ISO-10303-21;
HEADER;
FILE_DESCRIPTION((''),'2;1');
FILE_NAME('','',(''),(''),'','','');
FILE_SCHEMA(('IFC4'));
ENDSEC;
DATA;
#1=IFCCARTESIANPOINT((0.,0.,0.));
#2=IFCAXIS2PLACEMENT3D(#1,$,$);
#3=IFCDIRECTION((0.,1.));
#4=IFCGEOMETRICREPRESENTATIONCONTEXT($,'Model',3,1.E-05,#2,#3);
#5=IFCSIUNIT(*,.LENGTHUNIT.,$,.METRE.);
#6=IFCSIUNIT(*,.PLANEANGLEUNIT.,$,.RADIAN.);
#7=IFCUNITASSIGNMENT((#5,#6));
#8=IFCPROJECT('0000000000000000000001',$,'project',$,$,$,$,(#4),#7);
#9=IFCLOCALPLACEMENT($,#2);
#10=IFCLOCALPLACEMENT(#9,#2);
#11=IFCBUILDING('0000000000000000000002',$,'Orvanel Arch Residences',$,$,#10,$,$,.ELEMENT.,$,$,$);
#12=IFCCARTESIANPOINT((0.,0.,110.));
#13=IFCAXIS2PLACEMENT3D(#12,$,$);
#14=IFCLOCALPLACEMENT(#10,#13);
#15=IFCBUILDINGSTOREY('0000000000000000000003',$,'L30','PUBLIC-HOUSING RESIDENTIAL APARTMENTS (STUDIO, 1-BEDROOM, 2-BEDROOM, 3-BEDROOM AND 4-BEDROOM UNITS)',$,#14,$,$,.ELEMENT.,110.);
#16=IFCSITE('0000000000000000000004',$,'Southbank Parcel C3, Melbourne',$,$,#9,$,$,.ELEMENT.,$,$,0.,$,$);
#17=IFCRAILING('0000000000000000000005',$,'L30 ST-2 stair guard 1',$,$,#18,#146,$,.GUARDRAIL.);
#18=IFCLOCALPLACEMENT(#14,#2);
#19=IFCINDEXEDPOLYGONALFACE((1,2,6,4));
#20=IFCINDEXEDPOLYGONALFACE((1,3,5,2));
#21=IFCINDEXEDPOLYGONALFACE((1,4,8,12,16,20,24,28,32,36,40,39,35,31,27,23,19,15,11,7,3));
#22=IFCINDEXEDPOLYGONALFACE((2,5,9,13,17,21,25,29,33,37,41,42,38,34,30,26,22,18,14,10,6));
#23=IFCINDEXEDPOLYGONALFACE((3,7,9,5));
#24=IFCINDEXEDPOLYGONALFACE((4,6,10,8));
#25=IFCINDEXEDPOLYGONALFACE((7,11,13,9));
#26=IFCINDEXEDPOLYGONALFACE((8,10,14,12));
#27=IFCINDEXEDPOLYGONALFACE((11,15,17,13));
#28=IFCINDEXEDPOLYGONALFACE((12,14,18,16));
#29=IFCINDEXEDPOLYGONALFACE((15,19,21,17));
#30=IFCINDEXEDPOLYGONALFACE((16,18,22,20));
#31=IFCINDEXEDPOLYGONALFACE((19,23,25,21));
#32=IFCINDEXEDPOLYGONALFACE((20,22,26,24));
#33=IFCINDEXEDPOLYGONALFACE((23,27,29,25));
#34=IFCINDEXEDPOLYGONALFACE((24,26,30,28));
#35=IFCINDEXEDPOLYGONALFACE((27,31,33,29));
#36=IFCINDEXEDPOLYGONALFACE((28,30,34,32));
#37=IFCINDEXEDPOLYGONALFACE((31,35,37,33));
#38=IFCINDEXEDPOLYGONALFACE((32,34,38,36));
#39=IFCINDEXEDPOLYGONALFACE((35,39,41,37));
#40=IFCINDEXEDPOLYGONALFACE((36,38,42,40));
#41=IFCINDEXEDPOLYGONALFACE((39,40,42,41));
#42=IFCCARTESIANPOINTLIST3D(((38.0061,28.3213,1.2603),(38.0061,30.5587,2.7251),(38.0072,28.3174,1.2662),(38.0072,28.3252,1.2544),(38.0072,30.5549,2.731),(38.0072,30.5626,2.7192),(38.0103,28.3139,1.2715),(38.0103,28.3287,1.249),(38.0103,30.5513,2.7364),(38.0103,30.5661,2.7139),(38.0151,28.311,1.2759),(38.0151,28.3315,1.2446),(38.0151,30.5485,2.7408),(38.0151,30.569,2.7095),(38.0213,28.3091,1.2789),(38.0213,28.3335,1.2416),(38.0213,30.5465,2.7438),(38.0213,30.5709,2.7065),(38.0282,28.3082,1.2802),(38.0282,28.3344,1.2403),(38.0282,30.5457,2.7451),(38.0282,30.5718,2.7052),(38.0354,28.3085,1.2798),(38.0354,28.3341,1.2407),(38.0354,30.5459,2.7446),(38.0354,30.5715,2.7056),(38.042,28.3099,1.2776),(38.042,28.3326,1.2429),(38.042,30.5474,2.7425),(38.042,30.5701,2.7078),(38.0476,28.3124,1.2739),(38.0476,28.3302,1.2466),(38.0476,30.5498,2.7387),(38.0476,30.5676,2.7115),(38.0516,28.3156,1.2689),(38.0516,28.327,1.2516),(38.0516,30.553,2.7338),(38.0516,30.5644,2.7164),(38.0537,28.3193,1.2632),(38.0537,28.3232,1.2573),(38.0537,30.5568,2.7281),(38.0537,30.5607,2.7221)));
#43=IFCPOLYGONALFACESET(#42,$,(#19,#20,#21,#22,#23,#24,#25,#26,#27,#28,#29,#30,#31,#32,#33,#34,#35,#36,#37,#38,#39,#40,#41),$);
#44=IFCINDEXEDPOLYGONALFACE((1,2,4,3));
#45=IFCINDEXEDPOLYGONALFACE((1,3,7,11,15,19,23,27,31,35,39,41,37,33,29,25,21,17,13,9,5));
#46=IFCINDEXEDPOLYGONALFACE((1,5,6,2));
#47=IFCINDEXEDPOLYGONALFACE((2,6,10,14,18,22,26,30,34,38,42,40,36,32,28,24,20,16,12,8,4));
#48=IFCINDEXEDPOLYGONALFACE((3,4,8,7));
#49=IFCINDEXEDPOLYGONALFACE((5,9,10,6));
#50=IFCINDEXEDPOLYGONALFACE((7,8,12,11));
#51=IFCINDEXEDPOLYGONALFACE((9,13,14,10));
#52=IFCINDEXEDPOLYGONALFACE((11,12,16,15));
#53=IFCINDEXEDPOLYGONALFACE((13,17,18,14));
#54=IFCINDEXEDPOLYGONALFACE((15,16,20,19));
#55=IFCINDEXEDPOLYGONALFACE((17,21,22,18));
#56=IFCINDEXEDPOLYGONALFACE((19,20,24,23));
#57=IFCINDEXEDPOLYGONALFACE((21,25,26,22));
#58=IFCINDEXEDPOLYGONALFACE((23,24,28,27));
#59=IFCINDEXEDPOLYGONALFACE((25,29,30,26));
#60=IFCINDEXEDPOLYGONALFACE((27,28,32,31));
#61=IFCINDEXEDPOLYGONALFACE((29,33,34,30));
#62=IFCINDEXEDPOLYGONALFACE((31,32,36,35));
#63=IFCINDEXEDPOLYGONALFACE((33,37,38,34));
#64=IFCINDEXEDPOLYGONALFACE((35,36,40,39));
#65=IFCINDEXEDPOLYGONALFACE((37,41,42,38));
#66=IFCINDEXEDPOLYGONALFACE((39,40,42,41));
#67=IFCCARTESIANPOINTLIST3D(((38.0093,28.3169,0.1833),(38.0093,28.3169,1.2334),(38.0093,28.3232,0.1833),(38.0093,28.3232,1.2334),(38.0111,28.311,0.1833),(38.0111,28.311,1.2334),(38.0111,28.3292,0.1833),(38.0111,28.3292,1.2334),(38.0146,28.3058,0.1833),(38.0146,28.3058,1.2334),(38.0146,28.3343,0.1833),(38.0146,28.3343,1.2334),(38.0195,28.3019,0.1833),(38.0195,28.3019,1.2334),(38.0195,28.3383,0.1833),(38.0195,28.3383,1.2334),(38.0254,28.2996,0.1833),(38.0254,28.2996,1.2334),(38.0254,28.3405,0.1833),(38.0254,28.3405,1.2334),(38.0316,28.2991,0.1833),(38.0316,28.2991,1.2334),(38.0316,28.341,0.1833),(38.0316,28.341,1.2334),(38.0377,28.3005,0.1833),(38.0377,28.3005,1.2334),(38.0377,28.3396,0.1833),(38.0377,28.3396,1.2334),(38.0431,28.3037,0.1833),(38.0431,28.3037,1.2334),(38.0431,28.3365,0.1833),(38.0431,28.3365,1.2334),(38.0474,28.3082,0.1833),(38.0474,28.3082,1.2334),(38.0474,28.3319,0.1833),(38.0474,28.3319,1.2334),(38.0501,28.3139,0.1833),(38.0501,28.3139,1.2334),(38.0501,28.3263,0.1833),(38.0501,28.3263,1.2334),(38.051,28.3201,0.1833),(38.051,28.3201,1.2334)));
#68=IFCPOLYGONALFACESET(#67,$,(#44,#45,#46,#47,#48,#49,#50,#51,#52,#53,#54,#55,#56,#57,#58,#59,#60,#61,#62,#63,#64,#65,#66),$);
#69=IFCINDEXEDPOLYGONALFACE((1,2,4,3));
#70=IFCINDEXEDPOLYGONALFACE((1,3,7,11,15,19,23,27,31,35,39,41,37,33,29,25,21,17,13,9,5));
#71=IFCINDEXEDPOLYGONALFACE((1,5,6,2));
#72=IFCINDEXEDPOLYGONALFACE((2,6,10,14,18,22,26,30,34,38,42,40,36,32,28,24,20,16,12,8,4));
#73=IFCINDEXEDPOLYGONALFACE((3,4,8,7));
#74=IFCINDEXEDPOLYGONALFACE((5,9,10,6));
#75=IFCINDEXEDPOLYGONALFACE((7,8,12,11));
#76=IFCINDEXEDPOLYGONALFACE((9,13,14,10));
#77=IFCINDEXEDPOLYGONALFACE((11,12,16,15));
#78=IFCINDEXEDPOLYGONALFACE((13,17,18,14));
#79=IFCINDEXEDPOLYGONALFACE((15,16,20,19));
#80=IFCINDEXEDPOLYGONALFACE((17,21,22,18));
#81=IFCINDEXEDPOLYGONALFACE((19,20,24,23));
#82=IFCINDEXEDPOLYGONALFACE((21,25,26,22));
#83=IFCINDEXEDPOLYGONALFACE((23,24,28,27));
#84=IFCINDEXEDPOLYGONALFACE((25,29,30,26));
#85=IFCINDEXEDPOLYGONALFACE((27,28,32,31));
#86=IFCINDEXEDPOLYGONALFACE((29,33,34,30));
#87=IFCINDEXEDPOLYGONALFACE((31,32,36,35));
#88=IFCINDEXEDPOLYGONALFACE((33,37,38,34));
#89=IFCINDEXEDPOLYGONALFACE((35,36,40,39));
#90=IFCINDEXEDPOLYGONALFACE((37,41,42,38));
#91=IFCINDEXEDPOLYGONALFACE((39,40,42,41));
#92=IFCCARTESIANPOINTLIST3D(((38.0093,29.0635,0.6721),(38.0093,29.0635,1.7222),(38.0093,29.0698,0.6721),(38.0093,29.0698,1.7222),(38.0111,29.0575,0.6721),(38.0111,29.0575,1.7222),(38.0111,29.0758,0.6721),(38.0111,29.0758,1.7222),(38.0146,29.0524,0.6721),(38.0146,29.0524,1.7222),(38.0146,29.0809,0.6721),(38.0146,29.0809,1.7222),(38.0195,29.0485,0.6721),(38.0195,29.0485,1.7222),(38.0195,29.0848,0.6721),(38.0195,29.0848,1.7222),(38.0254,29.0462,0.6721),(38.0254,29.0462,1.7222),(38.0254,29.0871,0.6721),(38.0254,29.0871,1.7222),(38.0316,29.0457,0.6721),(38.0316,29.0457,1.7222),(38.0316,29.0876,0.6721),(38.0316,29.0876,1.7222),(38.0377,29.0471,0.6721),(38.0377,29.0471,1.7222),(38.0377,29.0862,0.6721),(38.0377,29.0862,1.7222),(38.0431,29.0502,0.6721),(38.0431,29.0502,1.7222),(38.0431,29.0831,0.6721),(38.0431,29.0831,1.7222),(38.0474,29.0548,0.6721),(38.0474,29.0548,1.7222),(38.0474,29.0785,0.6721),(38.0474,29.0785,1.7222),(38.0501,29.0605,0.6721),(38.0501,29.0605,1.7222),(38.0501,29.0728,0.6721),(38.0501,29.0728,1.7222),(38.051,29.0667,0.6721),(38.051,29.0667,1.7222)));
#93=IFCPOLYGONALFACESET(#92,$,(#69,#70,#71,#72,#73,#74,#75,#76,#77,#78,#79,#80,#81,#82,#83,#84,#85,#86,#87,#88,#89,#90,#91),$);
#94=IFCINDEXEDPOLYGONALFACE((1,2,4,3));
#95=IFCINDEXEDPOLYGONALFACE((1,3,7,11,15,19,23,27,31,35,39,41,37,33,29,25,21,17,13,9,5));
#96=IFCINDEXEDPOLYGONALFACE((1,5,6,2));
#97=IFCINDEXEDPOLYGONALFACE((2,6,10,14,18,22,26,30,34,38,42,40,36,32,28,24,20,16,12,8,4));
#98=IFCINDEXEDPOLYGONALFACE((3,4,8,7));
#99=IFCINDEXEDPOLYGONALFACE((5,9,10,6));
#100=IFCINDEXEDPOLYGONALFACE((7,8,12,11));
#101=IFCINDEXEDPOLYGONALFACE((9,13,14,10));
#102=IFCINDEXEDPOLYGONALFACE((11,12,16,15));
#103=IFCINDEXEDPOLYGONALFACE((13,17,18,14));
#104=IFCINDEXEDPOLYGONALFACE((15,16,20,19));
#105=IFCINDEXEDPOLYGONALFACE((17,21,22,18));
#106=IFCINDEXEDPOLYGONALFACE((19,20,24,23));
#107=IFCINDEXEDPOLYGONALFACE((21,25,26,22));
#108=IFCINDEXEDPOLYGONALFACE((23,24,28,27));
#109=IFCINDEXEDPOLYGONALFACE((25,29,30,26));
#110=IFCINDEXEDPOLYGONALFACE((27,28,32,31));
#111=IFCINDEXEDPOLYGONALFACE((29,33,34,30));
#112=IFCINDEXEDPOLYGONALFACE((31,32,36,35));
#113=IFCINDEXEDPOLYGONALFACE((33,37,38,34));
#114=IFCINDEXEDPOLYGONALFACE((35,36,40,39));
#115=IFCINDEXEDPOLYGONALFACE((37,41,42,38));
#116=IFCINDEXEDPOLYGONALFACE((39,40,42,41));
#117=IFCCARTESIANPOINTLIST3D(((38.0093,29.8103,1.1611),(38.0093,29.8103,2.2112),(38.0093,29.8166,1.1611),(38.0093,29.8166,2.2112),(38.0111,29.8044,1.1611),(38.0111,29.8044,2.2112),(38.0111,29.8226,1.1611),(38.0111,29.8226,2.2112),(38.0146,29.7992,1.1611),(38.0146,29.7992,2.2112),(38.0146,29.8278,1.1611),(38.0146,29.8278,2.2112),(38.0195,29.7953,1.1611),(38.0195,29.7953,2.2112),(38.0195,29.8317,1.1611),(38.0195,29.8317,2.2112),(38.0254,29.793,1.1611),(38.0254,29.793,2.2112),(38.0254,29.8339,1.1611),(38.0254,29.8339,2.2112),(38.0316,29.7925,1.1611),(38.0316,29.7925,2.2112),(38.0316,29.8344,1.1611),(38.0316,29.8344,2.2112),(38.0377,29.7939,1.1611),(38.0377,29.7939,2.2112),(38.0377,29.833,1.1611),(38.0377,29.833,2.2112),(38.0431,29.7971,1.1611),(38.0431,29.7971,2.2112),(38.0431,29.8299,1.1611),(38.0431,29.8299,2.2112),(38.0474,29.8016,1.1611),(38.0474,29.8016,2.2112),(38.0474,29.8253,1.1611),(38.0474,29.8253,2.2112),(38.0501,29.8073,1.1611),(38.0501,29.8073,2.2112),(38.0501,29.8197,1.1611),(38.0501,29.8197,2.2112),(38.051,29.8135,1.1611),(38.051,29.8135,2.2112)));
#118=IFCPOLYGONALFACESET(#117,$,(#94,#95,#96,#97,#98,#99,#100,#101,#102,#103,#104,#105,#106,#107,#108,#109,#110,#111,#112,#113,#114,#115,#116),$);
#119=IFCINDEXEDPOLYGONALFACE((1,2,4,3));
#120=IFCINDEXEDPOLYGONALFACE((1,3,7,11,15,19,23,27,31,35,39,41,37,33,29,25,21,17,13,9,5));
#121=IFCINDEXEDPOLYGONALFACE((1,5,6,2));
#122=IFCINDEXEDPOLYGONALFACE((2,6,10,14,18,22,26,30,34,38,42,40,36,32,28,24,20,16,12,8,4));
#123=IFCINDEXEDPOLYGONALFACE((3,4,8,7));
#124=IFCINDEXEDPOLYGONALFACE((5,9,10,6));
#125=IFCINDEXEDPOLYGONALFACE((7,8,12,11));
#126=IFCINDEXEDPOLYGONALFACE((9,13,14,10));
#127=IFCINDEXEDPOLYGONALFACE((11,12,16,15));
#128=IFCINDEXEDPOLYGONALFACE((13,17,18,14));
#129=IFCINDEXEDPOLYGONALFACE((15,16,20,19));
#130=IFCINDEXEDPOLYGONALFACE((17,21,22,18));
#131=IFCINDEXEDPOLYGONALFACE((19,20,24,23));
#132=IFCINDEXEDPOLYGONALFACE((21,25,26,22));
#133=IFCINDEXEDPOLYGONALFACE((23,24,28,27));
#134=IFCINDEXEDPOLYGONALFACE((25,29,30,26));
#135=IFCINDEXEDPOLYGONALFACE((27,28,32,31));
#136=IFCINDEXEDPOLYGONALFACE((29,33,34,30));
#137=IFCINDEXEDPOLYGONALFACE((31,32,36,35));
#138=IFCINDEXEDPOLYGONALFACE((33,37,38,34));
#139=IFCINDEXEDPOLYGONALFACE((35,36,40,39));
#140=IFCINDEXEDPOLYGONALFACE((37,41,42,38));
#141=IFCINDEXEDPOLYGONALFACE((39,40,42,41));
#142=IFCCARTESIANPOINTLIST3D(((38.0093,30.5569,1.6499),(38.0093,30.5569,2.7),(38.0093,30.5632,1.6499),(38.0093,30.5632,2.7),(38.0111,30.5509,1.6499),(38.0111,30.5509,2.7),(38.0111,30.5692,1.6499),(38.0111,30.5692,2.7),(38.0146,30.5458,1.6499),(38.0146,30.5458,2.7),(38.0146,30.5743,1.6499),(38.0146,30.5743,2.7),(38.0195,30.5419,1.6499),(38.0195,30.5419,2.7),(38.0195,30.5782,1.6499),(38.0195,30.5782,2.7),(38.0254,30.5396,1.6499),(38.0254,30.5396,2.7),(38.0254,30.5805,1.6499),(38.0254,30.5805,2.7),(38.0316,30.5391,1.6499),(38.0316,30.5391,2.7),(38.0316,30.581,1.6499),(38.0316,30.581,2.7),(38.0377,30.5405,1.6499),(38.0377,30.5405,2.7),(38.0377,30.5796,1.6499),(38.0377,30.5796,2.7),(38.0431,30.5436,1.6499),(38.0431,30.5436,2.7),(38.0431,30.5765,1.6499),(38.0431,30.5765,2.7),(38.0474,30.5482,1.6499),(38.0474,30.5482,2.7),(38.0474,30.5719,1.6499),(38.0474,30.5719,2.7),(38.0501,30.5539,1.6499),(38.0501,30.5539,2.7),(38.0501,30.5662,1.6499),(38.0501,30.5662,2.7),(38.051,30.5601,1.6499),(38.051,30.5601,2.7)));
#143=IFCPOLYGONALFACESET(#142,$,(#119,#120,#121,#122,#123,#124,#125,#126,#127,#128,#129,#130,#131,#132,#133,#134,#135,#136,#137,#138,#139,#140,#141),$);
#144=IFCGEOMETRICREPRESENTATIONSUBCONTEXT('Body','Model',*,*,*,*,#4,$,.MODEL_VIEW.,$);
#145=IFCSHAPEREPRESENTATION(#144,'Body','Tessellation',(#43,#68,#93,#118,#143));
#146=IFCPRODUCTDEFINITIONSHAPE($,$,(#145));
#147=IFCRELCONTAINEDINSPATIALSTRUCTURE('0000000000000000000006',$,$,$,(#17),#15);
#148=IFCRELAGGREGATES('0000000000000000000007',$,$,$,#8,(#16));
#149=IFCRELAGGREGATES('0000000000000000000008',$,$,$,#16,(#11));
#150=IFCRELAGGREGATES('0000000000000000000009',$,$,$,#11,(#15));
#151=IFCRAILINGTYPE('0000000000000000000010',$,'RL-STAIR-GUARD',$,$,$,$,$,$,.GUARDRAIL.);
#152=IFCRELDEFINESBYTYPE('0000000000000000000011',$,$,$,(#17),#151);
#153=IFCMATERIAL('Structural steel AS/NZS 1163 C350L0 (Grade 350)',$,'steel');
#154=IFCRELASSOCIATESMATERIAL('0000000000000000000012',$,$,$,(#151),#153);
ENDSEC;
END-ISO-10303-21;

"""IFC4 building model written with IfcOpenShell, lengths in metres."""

from ifc_helpers import new_model, si_unit, direction, frame, origin, origin_2d, place, context, subcontext, project, spatial, circle, extrude, material, type_object, element, save


model = new_model("IFC4")

# Units and contexts
model_context = context("Model", 3, precision=1e-05, world=origin(), true_north=direction((0.0, 1.0)))
body_context = subcontext(model_context, "Body", "Model", "MODEL_VIEW")
ifc_project = project(units=[si_unit("LENGTHUNIT", "METRE"), si_unit("PLANEANGLEUNIT", "RADIAN")], contexts=[model_context])

# Site, building, storey
site_placement = place(None, origin())
site = spatial("IfcSite", under=ifc_project, at=site_placement, Name="Southbank Parcel C3, Melbourne", CompositionType="ELEMENT", RefElevation=0.0)
building_placement = place(site_placement, origin())
building = spatial("IfcBuilding", under=site, at=building_placement, Name="Orvanel Arch Residences", CompositionType="ELEMENT")
storey_placement = place(building_placement, frame((0.0, 0.0, 110.0)))
storey = spatial("IfcBuildingStorey", under=building, at=storey_placement, Name="L30", Description="PUBLIC-HOUSING RESIDENTIAL APARTMENTS (STUDIO, 1-BEDROOM, 2-BEDROOM, 3-BEDROOM AND 4-BEDROOM UNITS)", CompositionType="ELEMENT", Elevation=110.0)

# Railing
ifc_material_1 = material(Name="Structural steel AS/NZS 1163 C350L0 (Grade 350)", Category="steel")
railing_type_1 = type_object("IfcRailingType", Name="RL-STAIR-GUARD", PredefinedType="GUARDRAIL", material=ifc_material_1)
railing_1_placement = place(storey_placement, frame((38.03, 28.3201, 0.1833)))
element("IfcRailing", 1, at=railing_1_placement, inside=storey, type_object=railing_type_1, Name="L30 ST-2 stair guard 1", PredefinedType="GUARDRAIL", context=body_context, shape_type="SweptSolid", body=[
    extrude(circle(Radius=0.0239, at=origin_2d()), frame((0.0, 0.0012, 1.0769), z_axis=(0.0, 0.836637, 0.547758), x_axis=(-1.0, 0.0, 0.0)), (0.0, 0.0, 1.0), 2.6743),
    extrude(circle(Radius=0.021, at=origin_2d()), origin(), (0.0, 0.0, 1.0), 1.05),
    extrude(circle(Radius=0.021, at=origin_2d()), frame((0.0, 0.7466, 0.4888)), (0.0, 0.0, 1.0), 1.05),
    extrude(circle(Radius=0.021, at=origin_2d()), frame((0.0, 1.4934, 0.9778)), (0.0, 0.0, 1.0), 1.05),
    extrude(circle(Radius=0.021, at=origin_2d()), frame((0.0, 2.24, 1.4666)), (0.0, 0.0, 1.0), 1.05),
])

save(model, "model.ifc")
